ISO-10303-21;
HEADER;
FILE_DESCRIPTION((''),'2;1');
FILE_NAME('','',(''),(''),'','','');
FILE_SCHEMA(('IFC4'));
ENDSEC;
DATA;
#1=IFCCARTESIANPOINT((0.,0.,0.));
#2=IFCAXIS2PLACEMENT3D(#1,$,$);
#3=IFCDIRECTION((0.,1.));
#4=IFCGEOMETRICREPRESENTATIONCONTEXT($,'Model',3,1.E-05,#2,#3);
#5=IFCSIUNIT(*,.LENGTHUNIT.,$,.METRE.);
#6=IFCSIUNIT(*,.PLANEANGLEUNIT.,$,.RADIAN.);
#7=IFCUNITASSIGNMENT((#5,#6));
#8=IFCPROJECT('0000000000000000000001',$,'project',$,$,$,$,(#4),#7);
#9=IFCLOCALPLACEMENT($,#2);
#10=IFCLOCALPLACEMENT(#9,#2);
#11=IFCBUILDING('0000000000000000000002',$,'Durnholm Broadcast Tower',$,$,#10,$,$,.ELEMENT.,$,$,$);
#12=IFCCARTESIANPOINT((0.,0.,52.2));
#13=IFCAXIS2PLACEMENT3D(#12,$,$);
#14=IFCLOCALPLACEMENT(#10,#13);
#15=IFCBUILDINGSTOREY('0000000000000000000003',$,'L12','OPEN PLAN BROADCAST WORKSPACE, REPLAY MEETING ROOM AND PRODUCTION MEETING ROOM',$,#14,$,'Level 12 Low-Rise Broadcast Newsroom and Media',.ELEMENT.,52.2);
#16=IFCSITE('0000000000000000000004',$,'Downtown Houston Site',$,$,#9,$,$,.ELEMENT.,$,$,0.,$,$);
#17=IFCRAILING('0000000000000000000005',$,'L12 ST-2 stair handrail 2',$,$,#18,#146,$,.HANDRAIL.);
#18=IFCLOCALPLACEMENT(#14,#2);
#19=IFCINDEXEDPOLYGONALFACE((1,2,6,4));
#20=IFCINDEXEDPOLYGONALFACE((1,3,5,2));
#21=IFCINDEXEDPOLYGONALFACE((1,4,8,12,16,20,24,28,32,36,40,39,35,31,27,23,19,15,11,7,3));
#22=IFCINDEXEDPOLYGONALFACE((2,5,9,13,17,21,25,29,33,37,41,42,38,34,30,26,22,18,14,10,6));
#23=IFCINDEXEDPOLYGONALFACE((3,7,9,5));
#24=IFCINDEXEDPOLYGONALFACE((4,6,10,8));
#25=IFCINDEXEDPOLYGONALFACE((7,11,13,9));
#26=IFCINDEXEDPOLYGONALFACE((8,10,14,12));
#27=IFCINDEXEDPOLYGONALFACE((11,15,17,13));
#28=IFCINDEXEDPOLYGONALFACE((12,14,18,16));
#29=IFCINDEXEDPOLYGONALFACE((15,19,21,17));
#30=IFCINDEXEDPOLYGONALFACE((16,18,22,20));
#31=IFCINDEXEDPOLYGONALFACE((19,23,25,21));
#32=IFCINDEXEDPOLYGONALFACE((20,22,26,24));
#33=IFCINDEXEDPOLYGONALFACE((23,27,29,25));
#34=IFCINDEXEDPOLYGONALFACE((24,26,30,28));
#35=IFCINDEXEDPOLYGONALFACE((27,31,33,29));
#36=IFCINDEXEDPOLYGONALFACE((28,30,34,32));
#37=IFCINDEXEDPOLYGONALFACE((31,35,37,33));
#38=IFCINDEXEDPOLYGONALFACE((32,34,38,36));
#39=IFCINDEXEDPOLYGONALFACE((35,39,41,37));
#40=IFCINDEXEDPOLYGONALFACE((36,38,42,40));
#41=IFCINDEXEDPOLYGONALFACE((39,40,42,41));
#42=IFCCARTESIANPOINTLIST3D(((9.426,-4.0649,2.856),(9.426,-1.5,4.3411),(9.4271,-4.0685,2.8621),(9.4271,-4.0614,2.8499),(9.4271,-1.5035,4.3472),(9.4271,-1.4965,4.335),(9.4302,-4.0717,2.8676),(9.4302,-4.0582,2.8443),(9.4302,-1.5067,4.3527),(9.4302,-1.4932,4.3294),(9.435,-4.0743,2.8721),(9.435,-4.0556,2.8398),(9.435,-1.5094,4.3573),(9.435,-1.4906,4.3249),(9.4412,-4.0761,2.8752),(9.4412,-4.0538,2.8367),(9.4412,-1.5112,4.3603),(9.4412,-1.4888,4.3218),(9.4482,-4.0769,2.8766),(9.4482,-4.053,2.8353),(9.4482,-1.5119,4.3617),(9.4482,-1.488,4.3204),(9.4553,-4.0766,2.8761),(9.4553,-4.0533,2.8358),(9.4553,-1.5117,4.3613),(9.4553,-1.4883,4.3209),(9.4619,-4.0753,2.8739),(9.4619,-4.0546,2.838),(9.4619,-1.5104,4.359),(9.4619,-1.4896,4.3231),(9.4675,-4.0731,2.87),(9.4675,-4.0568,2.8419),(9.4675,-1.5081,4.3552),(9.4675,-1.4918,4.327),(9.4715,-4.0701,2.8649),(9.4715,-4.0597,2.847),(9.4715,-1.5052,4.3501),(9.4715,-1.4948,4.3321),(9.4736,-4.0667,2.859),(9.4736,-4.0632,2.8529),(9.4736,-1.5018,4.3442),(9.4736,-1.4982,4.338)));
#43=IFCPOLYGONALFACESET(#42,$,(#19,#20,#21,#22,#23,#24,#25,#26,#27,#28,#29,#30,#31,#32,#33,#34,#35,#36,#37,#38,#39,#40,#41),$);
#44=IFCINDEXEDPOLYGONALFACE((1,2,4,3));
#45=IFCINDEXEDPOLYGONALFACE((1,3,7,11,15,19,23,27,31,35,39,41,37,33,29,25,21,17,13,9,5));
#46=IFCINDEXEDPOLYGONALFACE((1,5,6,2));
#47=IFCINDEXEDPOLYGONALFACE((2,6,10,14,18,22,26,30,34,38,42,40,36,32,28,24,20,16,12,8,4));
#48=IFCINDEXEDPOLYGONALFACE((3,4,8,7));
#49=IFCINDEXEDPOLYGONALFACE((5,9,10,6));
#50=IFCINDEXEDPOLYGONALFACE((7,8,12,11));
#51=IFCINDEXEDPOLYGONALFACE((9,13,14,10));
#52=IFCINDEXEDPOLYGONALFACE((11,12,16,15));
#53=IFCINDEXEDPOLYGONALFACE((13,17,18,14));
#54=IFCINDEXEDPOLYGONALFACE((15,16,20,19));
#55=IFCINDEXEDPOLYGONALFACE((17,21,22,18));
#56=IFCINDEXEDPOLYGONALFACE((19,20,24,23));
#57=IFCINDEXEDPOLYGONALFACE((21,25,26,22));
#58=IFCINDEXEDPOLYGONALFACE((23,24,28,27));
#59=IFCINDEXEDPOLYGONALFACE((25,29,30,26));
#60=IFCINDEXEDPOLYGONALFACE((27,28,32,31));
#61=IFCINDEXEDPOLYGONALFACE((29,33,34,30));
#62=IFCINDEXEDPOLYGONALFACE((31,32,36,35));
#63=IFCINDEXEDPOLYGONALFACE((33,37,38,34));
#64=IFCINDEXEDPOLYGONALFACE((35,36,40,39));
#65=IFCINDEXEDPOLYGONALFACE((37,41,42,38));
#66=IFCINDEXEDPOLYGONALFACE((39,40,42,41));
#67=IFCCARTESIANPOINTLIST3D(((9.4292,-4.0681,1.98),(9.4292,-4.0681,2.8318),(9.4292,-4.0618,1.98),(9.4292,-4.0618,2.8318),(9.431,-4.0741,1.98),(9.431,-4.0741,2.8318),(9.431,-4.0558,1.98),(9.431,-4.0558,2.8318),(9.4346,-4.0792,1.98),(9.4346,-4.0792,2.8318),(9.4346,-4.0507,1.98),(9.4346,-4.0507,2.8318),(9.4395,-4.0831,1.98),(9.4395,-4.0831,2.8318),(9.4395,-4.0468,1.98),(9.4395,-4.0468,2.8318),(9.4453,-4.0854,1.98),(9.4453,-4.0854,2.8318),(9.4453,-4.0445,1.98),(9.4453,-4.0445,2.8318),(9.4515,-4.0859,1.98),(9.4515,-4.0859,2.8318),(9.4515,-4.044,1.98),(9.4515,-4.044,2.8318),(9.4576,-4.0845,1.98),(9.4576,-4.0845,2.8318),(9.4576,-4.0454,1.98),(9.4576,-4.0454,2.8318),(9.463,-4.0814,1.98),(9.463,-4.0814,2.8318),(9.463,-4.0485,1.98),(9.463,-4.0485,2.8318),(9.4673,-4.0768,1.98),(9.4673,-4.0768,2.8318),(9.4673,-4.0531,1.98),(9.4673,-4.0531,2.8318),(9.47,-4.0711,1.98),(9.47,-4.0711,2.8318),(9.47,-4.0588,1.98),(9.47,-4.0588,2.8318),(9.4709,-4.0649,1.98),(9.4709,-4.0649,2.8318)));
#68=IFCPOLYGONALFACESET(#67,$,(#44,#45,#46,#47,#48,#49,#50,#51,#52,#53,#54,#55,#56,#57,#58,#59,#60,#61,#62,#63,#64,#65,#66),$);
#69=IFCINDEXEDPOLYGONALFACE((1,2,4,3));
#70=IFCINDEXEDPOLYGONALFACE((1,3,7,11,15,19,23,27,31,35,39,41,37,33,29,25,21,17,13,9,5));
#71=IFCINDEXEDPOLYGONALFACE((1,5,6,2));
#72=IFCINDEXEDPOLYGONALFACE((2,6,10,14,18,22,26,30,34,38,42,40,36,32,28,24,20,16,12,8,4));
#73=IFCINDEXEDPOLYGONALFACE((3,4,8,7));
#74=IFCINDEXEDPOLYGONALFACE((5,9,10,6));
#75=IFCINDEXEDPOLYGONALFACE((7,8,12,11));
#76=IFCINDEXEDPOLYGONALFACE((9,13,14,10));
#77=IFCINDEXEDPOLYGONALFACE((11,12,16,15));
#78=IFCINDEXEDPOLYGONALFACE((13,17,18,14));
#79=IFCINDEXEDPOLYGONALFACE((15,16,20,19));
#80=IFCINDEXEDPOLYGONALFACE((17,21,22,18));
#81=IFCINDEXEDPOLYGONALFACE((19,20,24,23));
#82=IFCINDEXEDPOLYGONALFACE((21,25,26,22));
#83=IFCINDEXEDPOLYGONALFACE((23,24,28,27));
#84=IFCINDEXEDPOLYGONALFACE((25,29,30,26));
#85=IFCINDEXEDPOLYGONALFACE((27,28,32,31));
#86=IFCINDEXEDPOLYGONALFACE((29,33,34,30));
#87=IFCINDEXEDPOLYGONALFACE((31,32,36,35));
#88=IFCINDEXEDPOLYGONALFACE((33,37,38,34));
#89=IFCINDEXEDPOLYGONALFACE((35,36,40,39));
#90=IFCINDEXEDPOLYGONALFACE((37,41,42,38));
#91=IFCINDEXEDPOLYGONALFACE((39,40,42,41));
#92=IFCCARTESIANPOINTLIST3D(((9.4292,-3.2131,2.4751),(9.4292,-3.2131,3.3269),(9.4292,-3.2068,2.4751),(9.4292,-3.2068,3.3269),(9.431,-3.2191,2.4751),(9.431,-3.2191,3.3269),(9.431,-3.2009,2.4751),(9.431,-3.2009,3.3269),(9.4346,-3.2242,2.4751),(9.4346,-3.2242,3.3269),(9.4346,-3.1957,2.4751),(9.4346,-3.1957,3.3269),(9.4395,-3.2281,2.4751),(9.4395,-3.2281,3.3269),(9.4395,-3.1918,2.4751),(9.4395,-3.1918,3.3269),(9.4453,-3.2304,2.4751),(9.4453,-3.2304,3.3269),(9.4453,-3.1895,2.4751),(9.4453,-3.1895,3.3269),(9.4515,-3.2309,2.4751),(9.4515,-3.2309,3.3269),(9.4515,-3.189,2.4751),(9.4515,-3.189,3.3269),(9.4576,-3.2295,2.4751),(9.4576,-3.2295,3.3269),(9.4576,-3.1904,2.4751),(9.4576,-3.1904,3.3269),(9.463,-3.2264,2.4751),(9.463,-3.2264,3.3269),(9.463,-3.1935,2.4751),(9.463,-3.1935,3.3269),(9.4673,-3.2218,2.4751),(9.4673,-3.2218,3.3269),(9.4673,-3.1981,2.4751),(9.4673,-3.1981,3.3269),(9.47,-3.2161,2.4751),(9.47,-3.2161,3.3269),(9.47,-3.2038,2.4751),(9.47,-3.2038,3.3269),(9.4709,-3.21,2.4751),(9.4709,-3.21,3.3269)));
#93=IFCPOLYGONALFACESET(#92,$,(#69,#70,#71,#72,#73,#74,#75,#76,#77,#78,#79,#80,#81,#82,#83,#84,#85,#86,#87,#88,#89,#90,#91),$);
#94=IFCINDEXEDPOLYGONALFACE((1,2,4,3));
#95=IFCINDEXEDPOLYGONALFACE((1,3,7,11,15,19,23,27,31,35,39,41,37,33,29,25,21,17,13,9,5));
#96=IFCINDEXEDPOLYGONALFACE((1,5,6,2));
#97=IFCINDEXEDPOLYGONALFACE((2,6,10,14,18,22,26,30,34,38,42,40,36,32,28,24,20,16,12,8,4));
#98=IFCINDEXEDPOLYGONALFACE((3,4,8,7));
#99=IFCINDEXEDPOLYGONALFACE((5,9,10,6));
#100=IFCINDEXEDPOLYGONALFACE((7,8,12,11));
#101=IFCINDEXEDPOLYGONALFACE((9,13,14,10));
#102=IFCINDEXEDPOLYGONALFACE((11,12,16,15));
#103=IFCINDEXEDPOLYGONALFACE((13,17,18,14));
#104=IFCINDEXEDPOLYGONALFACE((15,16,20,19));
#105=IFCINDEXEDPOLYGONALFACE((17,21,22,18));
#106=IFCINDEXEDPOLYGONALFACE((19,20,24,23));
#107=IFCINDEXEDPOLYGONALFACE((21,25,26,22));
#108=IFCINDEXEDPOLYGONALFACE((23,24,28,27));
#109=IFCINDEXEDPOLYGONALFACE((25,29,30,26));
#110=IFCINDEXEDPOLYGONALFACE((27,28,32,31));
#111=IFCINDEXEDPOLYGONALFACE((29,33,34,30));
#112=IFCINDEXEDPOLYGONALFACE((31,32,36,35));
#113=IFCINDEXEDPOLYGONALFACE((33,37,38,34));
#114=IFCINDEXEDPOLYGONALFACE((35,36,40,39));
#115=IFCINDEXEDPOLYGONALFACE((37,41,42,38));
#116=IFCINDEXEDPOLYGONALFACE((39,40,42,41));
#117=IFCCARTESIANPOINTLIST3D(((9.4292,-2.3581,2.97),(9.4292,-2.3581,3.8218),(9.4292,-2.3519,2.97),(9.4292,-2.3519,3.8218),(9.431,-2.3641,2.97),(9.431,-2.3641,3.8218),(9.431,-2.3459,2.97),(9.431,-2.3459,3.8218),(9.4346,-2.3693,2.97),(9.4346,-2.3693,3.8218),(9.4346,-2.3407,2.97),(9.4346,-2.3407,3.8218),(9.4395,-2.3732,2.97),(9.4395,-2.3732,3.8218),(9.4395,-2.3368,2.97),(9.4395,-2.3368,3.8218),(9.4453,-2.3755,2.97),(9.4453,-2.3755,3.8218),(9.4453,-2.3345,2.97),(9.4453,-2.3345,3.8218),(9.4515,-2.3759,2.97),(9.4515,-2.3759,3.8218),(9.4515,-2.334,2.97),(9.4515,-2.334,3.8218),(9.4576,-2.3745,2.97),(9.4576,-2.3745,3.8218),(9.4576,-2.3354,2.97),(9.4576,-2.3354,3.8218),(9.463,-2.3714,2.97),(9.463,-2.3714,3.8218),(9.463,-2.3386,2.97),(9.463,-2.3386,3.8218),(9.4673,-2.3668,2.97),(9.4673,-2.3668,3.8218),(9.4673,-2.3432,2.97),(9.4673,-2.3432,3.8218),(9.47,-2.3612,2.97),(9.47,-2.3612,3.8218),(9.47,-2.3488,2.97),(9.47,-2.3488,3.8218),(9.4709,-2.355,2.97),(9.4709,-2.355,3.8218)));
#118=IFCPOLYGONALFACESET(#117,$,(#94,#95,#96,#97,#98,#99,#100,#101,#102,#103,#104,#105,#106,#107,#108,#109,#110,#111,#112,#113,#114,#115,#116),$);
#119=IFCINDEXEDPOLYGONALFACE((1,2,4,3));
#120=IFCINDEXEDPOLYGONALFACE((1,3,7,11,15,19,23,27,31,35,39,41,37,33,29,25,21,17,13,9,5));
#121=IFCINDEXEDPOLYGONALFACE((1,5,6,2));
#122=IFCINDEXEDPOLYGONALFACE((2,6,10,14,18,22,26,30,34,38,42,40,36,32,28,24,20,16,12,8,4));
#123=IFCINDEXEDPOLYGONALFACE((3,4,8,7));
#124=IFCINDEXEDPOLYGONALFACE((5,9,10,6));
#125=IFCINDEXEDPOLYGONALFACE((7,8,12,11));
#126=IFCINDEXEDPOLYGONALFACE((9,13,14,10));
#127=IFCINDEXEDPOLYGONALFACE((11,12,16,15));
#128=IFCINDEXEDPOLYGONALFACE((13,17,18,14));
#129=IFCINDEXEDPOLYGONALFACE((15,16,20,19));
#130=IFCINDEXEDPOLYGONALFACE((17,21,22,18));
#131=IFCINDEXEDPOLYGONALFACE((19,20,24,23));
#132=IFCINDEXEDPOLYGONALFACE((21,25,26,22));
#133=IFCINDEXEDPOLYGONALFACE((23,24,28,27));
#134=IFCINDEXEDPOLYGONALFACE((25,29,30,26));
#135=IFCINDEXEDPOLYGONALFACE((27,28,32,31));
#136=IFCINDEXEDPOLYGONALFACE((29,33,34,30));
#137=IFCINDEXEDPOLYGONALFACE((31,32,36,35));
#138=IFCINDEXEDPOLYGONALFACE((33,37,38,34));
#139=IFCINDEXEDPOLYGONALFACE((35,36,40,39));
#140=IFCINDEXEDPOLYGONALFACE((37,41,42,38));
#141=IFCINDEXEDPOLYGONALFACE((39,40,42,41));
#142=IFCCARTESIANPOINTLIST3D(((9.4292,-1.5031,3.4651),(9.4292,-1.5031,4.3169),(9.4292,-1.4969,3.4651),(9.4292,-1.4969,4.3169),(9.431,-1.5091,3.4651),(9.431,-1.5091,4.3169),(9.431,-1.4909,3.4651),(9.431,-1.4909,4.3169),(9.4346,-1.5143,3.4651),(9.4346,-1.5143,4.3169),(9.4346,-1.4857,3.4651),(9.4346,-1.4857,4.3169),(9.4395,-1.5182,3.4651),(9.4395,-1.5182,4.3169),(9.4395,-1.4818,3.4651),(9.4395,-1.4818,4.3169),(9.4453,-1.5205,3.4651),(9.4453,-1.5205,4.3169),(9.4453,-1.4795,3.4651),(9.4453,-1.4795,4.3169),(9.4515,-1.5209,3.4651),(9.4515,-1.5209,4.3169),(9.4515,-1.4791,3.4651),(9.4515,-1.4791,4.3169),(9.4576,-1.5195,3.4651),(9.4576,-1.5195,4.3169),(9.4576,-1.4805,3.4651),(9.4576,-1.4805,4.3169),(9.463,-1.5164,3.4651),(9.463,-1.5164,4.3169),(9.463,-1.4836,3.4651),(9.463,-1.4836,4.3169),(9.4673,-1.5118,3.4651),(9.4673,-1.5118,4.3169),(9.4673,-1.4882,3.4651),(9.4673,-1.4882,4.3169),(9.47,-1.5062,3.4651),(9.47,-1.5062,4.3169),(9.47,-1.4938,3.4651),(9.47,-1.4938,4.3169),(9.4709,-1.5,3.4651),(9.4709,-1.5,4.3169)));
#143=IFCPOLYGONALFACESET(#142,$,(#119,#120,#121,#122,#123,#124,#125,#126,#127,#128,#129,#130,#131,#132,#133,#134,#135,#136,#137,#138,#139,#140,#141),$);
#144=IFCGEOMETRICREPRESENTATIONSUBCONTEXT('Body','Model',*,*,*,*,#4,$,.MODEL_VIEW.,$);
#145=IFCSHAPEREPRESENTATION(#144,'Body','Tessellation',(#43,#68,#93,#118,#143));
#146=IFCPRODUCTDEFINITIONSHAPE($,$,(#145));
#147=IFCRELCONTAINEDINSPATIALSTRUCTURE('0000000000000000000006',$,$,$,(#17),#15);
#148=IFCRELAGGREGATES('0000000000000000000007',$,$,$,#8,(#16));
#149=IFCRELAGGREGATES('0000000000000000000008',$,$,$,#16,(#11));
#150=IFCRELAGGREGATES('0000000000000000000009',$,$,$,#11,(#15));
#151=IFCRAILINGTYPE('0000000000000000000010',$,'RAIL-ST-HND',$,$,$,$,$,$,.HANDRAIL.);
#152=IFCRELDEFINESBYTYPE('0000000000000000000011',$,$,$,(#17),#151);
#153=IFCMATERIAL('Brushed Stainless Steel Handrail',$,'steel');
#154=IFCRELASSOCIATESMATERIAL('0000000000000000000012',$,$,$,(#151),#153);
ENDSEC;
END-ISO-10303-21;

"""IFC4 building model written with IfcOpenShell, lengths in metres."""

from ifc_helpers import new_model, si_unit, direction, frame, origin, origin_2d, place, context, subcontext, project, spatial, circle, extrude, material, type_object, element, save


model = new_model("IFC4")

# Units and contexts
model_context = context("Model", 3, precision=1e-05, world=origin(), true_north=direction((0.0, 1.0)))
body_context = subcontext(model_context, "Body", "Model", "MODEL_VIEW")
ifc_project = project(units=[si_unit("LENGTHUNIT", "METRE"), si_unit("PLANEANGLEUNIT", "RADIAN")], contexts=[model_context])

# Site, building, storey
site_placement = place(None, origin())
site = spatial("IfcSite", under=ifc_project, at=site_placement, Name="Downtown Houston Site", CompositionType="ELEMENT", RefElevation=0.0)
building_placement = place(site_placement, origin())
building = spatial("IfcBuilding", under=site, at=building_placement, Name="Durnholm Broadcast Tower", CompositionType="ELEMENT")
storey_placement = place(building_placement, frame((0.0, 0.0, 52.2)))
storey = spatial("IfcBuildingStorey", under=building, at=storey_placement, Name="L12", Description="OPEN PLAN BROADCAST WORKSPACE, REPLAY MEETING ROOM AND PRODUCTION MEETING ROOM", LongName="Level 12 Low-Rise Broadcast Newsroom and Media", CompositionType="ELEMENT", Elevation=52.2)

# Railing
ifc_material_1 = material(Name="Brushed Stainless Steel Handrail", Category="steel")
railing_type_1 = type_object("IfcRailingType", Name="RAIL-ST-HND", PredefinedType="HANDRAIL", material=ifc_material_1)
railing_1_placement = place(storey_placement, frame((9.45, -4.0649, 1.98)))
element("IfcRailing", 1, at=railing_1_placement, inside=storey, type_object=railing_type_1, Name="L12 ST-2 stair handrail 2", PredefinedType="HANDRAIL", context=body_context, shape_type="SweptSolid", body=[
    extrude(circle(Radius=0.0239, at=origin_2d()), frame((0.0, 0.0, 0.876), z_axis=(0.0, 0.865406, 0.501072), x_axis=(-1.0, 0.0, 0.0)), (0.0, 0.0, 1.0), 2.9639),
    extrude(circle(Radius=0.021, at=origin_2d()), origin(), (0.0, 0.0, 1.0), 0.8518),
    extrude(circle(Radius=0.021, at=origin_2d()), frame((0.0, 0.855, 0.4951)), (0.0, 0.0, 1.0), 0.8518),
    extrude(circle(Radius=0.021, at=origin_2d()), frame((0.0, 1.71, 0.99)), (0.0, 0.0, 1.0), 0.8518),
    extrude(circle(Radius=0.021, at=origin_2d()), frame((0.0, 2.5649, 1.4851)), (0.0, 0.0, 1.0), 0.8518),
])

save(model, "model.ifc")
